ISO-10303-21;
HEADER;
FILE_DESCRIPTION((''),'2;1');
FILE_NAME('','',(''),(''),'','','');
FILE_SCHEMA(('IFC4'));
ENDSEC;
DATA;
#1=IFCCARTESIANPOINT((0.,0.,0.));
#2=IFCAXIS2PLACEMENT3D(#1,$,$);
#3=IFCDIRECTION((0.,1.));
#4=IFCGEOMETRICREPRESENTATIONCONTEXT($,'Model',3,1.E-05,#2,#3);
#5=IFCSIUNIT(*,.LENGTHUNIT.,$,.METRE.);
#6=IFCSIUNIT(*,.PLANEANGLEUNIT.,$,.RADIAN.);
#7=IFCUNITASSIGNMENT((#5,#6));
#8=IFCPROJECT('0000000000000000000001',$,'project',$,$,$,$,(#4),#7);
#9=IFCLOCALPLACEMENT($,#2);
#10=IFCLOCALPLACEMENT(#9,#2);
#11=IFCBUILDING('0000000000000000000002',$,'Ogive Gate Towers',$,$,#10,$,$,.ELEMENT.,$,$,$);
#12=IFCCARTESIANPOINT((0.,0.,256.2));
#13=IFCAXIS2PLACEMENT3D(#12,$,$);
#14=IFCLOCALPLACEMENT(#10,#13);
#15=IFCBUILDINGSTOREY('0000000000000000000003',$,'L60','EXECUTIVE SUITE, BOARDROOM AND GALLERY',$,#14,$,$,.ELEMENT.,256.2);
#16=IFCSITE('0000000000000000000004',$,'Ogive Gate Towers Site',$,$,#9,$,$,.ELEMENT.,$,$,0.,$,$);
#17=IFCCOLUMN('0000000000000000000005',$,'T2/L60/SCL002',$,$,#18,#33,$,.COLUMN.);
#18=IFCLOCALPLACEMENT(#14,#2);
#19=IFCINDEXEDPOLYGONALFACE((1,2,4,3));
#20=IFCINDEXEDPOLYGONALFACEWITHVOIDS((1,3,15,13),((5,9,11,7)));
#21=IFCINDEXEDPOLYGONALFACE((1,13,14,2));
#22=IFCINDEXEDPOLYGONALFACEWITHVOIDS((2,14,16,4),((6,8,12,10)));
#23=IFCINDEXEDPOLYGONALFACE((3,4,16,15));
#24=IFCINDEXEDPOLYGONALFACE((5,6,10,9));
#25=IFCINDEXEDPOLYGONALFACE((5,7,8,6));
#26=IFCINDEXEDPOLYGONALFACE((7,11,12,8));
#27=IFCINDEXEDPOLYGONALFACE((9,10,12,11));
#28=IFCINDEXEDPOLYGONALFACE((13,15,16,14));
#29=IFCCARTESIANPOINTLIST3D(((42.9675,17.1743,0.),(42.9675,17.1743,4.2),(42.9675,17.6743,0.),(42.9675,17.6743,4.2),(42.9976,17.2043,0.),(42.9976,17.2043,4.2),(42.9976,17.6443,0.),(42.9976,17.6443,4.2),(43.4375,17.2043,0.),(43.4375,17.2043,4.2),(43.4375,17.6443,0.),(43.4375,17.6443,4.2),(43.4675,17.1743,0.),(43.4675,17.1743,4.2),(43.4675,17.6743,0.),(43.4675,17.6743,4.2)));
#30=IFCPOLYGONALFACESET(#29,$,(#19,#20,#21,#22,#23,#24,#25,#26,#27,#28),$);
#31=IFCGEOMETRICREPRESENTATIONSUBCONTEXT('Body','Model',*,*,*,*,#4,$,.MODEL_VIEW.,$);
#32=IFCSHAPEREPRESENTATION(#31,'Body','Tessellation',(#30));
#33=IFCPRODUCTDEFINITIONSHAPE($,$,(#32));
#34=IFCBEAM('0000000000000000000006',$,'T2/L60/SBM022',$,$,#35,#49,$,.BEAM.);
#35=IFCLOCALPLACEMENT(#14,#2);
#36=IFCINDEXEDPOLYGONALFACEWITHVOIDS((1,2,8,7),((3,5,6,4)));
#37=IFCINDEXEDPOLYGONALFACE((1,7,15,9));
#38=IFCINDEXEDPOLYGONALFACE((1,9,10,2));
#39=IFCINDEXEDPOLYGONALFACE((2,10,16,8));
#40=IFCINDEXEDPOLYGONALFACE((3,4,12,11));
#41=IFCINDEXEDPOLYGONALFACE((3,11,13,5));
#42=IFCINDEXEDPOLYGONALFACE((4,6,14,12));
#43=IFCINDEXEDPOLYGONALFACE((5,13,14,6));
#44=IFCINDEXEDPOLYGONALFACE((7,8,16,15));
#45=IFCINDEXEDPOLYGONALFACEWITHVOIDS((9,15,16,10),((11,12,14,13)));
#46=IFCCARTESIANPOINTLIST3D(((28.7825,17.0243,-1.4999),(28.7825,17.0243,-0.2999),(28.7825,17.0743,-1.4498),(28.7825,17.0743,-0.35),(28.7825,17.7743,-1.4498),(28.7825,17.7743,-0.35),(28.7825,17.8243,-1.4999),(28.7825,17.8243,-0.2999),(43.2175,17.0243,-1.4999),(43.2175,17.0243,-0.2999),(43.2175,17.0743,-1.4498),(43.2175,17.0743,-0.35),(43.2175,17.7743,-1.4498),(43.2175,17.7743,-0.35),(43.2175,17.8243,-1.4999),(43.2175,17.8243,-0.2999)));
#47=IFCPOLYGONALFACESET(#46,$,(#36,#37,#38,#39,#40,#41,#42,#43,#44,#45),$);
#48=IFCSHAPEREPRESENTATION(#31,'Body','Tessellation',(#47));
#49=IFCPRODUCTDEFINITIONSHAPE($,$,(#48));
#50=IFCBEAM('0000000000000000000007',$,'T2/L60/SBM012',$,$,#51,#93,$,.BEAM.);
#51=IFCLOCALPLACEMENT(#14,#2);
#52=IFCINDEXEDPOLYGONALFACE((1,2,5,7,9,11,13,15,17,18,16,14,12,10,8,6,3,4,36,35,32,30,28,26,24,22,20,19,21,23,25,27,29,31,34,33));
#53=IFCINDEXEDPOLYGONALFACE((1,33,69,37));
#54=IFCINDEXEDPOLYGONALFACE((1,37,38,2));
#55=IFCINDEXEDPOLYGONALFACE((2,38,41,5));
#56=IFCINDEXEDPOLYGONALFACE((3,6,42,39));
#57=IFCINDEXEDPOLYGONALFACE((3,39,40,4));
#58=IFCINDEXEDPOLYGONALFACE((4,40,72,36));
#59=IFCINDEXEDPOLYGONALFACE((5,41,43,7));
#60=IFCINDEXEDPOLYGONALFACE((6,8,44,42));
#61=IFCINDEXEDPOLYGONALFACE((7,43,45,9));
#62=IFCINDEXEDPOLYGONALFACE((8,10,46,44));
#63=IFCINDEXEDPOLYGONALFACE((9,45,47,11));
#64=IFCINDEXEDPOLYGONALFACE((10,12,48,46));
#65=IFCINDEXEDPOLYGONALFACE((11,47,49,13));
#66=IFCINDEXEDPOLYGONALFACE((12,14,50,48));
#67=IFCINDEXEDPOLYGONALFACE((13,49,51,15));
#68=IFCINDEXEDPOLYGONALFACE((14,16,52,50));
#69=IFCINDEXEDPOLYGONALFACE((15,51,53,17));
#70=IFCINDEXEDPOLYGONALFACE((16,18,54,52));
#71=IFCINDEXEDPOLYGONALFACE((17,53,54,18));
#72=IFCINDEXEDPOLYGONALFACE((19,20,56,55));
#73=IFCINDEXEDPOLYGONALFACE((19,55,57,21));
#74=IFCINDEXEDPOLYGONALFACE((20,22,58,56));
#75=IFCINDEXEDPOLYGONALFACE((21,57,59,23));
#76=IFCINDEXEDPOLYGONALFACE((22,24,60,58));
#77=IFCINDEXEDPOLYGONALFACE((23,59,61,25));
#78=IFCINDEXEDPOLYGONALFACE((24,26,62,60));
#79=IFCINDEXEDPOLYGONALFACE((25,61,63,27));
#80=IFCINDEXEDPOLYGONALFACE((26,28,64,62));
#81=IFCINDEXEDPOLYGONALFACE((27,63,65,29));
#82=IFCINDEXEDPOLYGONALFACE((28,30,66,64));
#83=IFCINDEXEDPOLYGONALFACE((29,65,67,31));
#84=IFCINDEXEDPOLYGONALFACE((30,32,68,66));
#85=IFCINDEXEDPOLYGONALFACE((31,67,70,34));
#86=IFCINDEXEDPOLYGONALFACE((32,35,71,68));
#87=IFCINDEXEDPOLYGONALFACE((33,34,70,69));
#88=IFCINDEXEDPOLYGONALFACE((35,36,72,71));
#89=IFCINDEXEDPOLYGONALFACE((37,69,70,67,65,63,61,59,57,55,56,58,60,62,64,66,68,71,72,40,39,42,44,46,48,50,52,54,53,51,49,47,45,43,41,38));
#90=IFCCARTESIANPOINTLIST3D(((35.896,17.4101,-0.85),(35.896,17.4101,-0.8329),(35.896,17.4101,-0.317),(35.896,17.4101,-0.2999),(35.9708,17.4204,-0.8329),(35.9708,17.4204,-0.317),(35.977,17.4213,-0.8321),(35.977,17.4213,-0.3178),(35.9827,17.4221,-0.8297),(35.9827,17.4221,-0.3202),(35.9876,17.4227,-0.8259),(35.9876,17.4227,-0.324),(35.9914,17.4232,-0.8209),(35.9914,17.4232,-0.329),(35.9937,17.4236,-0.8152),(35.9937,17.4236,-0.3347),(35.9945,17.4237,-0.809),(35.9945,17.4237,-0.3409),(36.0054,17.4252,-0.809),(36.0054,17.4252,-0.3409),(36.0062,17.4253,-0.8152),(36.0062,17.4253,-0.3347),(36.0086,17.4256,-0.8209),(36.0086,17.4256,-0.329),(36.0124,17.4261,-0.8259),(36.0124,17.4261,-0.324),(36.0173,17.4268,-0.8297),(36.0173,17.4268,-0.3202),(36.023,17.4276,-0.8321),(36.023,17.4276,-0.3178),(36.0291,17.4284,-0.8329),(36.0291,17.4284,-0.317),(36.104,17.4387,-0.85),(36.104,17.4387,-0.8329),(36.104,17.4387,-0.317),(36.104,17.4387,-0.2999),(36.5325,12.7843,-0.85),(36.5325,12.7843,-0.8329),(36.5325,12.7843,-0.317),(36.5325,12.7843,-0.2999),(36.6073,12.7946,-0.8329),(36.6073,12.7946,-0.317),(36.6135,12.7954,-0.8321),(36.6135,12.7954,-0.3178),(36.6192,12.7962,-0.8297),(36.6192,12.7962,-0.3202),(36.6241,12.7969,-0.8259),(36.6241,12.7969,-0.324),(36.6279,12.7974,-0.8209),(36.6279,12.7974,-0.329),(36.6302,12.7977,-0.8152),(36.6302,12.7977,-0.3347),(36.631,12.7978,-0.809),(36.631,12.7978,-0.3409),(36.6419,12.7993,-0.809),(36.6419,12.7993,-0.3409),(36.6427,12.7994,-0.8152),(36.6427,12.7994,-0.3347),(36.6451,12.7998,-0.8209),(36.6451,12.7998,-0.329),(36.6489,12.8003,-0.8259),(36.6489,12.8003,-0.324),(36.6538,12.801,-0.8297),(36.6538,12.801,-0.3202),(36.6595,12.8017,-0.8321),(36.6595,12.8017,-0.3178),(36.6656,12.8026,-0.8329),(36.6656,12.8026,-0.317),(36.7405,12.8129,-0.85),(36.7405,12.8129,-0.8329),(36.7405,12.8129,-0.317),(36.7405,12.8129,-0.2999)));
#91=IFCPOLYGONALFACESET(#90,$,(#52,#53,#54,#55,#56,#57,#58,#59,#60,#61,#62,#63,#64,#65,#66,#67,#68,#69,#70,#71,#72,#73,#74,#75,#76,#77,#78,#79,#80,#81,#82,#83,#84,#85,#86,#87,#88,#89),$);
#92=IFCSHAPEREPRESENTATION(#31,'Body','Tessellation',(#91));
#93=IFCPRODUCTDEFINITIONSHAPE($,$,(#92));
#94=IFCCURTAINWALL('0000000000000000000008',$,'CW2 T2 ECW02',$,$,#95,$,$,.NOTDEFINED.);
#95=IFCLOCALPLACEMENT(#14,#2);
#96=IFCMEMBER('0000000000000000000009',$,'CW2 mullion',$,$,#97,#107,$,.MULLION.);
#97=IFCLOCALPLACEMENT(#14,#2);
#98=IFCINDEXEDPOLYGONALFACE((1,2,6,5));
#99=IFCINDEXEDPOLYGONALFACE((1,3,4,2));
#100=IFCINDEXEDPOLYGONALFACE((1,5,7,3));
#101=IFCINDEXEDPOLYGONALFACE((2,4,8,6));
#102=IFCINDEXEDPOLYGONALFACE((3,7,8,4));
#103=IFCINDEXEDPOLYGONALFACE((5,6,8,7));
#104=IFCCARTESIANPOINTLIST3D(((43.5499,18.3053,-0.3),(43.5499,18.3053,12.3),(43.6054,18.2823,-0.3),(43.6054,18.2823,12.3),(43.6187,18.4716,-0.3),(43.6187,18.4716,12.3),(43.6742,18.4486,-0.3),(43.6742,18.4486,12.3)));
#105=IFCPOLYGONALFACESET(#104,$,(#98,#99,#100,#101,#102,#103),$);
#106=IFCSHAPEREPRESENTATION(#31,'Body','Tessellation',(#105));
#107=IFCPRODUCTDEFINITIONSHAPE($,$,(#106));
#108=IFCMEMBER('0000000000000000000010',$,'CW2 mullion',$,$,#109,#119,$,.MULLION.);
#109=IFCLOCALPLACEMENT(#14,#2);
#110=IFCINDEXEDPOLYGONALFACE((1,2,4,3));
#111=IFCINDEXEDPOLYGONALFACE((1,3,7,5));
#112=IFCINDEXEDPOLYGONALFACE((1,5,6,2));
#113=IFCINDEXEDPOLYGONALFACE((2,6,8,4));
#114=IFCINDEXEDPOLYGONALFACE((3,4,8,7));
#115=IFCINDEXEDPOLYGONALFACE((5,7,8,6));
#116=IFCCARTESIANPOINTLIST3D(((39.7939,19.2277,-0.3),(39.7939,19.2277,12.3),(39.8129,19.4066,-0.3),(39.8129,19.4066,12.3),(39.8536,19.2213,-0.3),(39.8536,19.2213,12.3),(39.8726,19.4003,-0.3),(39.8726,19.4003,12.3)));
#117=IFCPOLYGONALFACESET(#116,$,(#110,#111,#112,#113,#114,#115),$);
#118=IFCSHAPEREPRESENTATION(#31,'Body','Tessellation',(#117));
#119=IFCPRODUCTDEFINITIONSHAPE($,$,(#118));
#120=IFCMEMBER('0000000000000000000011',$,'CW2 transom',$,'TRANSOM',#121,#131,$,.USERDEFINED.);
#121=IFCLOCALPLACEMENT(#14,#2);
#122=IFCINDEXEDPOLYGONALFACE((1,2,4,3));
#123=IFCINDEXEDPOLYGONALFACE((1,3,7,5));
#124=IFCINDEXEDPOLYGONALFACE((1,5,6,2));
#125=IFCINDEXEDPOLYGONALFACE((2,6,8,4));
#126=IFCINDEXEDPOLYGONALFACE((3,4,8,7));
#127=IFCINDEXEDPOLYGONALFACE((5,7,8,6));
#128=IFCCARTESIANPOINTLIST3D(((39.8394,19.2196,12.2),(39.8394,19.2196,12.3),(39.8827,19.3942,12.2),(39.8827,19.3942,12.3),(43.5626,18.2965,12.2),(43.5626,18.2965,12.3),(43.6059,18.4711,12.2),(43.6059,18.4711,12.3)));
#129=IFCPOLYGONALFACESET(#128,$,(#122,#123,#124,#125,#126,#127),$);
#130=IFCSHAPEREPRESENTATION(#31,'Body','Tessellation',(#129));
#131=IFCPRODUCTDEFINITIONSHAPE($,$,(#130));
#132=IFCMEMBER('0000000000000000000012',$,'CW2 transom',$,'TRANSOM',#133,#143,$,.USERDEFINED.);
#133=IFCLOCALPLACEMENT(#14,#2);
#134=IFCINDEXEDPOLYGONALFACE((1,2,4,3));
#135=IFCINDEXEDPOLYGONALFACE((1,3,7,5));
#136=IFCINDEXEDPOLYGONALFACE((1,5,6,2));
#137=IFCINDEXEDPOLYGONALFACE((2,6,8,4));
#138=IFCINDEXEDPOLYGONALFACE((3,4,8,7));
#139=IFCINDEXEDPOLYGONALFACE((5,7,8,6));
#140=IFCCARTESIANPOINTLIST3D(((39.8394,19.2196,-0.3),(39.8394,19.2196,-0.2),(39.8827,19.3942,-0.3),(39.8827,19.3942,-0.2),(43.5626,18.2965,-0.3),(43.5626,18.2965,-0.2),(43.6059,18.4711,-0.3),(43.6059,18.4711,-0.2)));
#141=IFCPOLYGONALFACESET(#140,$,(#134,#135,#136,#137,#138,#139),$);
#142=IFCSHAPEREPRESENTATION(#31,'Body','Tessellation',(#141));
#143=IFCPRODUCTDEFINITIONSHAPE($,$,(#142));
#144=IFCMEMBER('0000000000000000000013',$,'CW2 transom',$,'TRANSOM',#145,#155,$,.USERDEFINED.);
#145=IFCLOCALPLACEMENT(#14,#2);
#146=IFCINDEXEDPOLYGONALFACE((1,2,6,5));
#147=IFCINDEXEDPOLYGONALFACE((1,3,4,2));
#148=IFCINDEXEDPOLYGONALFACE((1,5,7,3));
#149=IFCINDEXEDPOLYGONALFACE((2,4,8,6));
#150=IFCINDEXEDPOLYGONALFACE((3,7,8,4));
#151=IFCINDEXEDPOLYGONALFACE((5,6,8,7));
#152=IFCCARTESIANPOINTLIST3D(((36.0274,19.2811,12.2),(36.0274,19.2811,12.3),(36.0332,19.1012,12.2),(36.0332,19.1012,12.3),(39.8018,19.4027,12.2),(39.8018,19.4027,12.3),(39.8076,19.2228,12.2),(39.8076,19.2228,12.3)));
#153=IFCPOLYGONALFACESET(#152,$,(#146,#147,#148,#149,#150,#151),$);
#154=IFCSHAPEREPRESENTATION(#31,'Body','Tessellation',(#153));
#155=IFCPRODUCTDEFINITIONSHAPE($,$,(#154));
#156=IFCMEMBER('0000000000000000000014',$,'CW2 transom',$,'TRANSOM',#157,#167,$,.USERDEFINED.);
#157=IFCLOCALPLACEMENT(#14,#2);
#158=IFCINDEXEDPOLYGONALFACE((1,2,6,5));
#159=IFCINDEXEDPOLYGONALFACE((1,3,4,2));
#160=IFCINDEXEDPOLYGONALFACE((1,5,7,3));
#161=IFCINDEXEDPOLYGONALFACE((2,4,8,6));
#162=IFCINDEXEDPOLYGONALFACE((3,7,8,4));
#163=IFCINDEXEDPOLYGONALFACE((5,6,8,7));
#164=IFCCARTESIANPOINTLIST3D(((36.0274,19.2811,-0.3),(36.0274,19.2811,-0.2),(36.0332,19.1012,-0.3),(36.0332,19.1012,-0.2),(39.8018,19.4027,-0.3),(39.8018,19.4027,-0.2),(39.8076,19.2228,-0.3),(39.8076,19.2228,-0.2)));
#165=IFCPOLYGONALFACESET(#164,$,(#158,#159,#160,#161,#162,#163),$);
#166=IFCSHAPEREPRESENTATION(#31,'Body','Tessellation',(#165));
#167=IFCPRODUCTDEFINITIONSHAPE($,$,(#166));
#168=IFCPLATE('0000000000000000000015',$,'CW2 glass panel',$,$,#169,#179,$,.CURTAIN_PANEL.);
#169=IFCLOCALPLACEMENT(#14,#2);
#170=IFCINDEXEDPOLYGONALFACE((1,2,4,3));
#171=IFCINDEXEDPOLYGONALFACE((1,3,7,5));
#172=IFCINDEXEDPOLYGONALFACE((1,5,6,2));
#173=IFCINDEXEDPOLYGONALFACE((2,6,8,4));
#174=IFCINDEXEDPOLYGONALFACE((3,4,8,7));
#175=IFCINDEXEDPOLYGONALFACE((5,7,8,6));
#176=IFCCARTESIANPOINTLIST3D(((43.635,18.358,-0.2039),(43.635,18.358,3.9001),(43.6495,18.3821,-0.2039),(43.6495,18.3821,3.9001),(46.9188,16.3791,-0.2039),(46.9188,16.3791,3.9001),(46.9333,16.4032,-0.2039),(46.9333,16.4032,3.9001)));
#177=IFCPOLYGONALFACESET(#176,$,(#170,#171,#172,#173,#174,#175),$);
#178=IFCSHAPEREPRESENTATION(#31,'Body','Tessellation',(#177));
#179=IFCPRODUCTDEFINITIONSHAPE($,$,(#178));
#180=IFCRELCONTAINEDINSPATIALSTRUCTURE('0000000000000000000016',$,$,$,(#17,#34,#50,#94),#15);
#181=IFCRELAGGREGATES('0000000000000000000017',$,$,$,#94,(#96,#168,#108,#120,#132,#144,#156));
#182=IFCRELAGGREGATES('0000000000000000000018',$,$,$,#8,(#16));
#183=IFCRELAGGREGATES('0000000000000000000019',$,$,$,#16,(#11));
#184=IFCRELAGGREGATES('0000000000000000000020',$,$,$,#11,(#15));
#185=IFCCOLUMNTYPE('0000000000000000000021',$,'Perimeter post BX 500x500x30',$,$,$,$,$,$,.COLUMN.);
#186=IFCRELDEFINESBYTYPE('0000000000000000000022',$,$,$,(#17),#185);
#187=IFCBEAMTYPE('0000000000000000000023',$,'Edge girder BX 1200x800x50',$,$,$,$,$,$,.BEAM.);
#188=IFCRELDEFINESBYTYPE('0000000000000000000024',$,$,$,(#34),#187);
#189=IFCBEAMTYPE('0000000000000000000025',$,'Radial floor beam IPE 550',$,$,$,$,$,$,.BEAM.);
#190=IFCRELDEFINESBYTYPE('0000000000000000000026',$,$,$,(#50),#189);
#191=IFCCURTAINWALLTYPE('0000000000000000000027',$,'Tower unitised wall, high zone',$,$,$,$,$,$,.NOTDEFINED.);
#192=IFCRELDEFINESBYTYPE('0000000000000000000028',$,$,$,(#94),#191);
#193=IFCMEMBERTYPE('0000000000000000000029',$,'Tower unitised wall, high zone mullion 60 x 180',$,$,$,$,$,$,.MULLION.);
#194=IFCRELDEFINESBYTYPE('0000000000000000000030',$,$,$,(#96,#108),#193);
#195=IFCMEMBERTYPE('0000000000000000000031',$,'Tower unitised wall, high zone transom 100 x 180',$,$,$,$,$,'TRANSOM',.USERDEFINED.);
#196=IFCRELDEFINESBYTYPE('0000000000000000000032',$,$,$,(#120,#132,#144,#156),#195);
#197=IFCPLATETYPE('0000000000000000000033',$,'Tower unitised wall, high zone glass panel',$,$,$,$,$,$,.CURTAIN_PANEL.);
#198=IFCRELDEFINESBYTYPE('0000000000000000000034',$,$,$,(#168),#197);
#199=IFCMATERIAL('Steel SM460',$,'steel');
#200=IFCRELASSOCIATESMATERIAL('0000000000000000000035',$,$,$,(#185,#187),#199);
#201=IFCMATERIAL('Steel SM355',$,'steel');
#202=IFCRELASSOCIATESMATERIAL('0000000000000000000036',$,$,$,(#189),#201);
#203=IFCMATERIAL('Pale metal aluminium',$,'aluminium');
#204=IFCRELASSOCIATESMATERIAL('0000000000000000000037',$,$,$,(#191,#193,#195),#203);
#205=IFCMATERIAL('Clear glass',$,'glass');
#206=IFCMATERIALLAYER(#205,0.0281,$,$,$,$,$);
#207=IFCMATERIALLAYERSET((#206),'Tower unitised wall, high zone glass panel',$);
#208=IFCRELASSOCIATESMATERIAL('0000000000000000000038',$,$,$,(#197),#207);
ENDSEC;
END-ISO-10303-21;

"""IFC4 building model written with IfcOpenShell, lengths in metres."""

from ifc_helpers import new_model, si_unit, direction, frame, origin, origin_2d, place, context, subcontext, project, spatial, rectangle, hollow_rectangle, i_section, extrude, material, layer, layer_set, material_profile, profile_set, type_object, element, aggregate, save


model = new_model("IFC4")

# Units and contexts
model_context = context("Model", 3, precision=1e-05, world=origin(), true_north=direction((0.0, 1.0)))
body_context = subcontext(model_context, "Body", "Model", "MODEL_VIEW")
ifc_project = project(units=[si_unit("LENGTHUNIT", "METRE"), si_unit("PLANEANGLEUNIT", "RADIAN")], contexts=[model_context])

# Site, building, storey
site_placement = place(None, origin())
site = spatial("IfcSite", under=ifc_project, at=site_placement, Name="Ogive Gate Towers Site", CompositionType="ELEMENT", RefElevation=0.0)
building_placement = place(site_placement, origin())
building = spatial("IfcBuilding", under=site, at=building_placement, Name="Ogive Gate Towers", CompositionType="ELEMENT")
storey_placement = place(building_placement, frame((0.0, 0.0, 256.2)))
storey = spatial("IfcBuildingStorey", under=building, at=storey_placement, Name="L60", Description="EXECUTIVE SUITE, BOARDROOM AND GALLERY", CompositionType="ELEMENT", Elevation=256.2)

# Column
ifc_material_1 = material(Name="Steel SM460", Category="steel")
ifc_material_profile_1 = material_profile(ifc_material_1, hollow_rectangle(XDim=0.5, YDim=0.5, WallThickness=0.03, at=origin_2d()), Name="BX 500x500x30")
ifc_profile_set_1 = profile_set([ifc_material_profile_1], Name="Steel SM460")
column_type = type_object("IfcColumnType", Name="Perimeter post BX 500x500x30", PredefinedType="COLUMN", material=ifc_profile_set_1)
column_placement = place(storey_placement, frame((43.2175, 17.4243, 0.0), z_axis=(0.0, 0.0, 1.0), x_axis=(1.0, 0.0, 0.0)))
element("IfcColumn", 1, at=column_placement, inside=storey, type_object=column_type, Name="T2/L60/SCL002", PredefinedType="COLUMN", context=body_context, shape_type="SweptSolid", body=[
    extrude(hollow_rectangle(XDim=0.5, YDim=0.5, WallThickness=0.03, at=origin_2d()), origin(), (0.0, 0.0, 1.0), 4.2),
])

# Beams
ifc_material_profile_2 = material_profile(ifc_material_1, hollow_rectangle(XDim=0.8, YDim=1.2, WallThickness=0.05, at=origin_2d()), Name="BX 1200x800x50")
ifc_profile_set_2 = profile_set([ifc_material_profile_2], Name="Steel SM460")
beam_type_1 = type_object("IfcBeamType", Name="Edge girder BX 1200x800x50", PredefinedType="BEAM", material=ifc_profile_set_2)
beam_1_placement = place(storey_placement, frame((43.2175, 17.4243, -0.8999), z_axis=(-1.0, 0.0, 0.0), x_axis=(0.0, -1.0, 0.0)))
element("IfcBeam", 2, at=beam_1_placement, inside=storey, type_object=beam_type_1, Name="T2/L60/SBM022", PredefinedType="BEAM", context=body_context, shape_type="SweptSolid", body=[
    extrude(hollow_rectangle(XDim=0.8, YDim=1.2, WallThickness=0.05, at=origin_2d()), origin(), (0.0, 0.0, 1.0), 14.4351),
])
ifc_material_2 = material(Name="Steel SM355", Category="steel")
ifc_material_profile_3 = material_profile(ifc_material_2, i_section(OverallWidth=0.21, OverallDepth=0.55, WebThickness=0.011, FlangeThickness=0.0171, FilletRadius=0.0239, at=origin_2d()), Name="IPE 550")
ifc_profile_set_3 = profile_set([ifc_material_profile_3], Name="Steel SM355")
beam_type_2 = type_object("IfcBeamType", Name="Radial floor beam IPE 550", PredefinedType="BEAM", material=ifc_profile_set_3)
beam_2_placement = place(storey_placement, frame((36.6365, 12.7986, -0.575), z_axis=(-0.13631, 0.990666, 0.0), x_axis=(-0.990666, -0.13631, 0.0)))
element("IfcBeam", 3, at=beam_2_placement, inside=storey, type_object=beam_type_2, Name="T2/L60/SBM012", PredefinedType="BEAM", context=body_context, shape_type="SweptSolid", body=[
    extrude(i_section(OverallWidth=0.21, OverallDepth=0.55, WebThickness=0.011, FlangeThickness=0.0171, FilletRadius=0.0239, at=origin_2d()), origin(), (0.0, 0.0, 1.0), 4.6694),
])

# Curtain wall, members, plate
ifc_material_3 = material(Name="Pale metal aluminium", Category="aluminium")
curtain_wall_type = type_object("IfcCurtainWallType", Name="Tower unitised wall, high zone", PredefinedType="NOTDEFINED", material=ifc_material_3)
curtain_wall_placement = place(storey_placement, origin())
curtain_wall = element("IfcCurtainWall", 4, at=curtain_wall_placement, inside=storey, type_object=curtain_wall_type, Name="CW2 T2 ECW02", PredefinedType="NOTDEFINED")
ifc_material_profile_4 = material_profile(ifc_material_3, rectangle(XDim=0.1799, YDim=0.0601, at=origin_2d()), Name="60 x 180 aluminium box")
ifc_profile_set_4 = profile_set([ifc_material_profile_4], Name="Pale metal aluminium")
member_type_1 = type_object("IfcMemberType", Name="Tower unitised wall, high zone mullion 60 x 180", PredefinedType="MULLION", material=ifc_profile_set_4)
member_1_placement = place(storey_placement, frame((43.6121, 18.377, -0.3), z_axis=(0.0, 0.0, 1.0), x_axis=(0.382683, 0.92388, 0.0)))
member_1 = element("IfcMember", 5, at=member_1_placement, type_object=member_type_1, Name="CW2 mullion", PredefinedType="MULLION", context=body_context, shape_type="SweptSolid", body=[
    extrude(rectangle(XDim=0.1799, YDim=0.0601, at=origin_2d()), origin(), (0.0, 0.0, 1.0), 12.6001),
])
member_2_placement = place(storey_placement, frame((39.8333, 19.314, -0.3), z_axis=(0.0, 0.0, 1.0), x_axis=(0.105205, 0.994451, 0.0)))
member_2 = element("IfcMember", 6, at=member_2_placement, type_object=member_type_1, Name="CW2 mullion", PredefinedType="MULLION", context=body_context, shape_type="SweptSolid", body=[
    extrude(rectangle(XDim=0.1799, YDim=0.0601, at=origin_2d()), origin(), (0.0, 0.0, 1.0), 12.6001),
])
ifc_material_profile_5 = material_profile(ifc_material_3, rectangle(XDim=0.1799, YDim=0.1001, at=origin_2d()), Name="100 x 180 aluminium box")
ifc_profile_set_5 = profile_set([ifc_material_profile_5], Name="Pale metal aluminium")
member_type_2 = type_object("IfcMemberType", Name="Tower unitised wall, high zone transom 100 x 180", ElementType="TRANSOM", PredefinedType="USERDEFINED", material=ifc_profile_set_5)
member_3_placement = place(storey_placement, frame((43.5842, 18.3838, 12.25), z_axis=(-0.970612, 0.240648, 0.0), x_axis=(-0.240648, -0.970612, 0.0)))
member_3 = element("IfcMember", 7, at=member_3_placement, type_object=member_type_2, Name="CW2 transom", ObjectType="TRANSOM", PredefinedType="USERDEFINED", context=body_context, shape_type="SweptSolid", body=[
    extrude(rectangle(XDim=0.1799, YDim=0.1001, at=origin_2d()), origin(), (0.0, 0.0, 1.0), 3.8359),
])
member_4_placement = place(storey_placement, frame((43.5842, 18.3838, -0.25), z_axis=(-0.970612, 0.240648, 0.0), x_axis=(-0.240648, -0.970612, 0.0)))
member_4 = element("IfcMember", 8, at=member_4_placement, type_object=member_type_2, Name="CW2 transom", ObjectType="TRANSOM", PredefinedType="USERDEFINED", context=body_context, shape_type="SweptSolid", body=[
    extrude(rectangle(XDim=0.1799, YDim=0.1001, at=origin_2d()), origin(), (0.0, 0.0, 1.0), 3.8359),
])
member_5_placement = place(storey_placement, frame((39.8047, 19.3127, 12.25), z_axis=(-0.999482, -0.032195, 0.0), x_axis=(0.032195, -0.999482, 0.0)))
member_5 = element("IfcMember", 9, at=member_5_placement, type_object=member_type_2, Name="CW2 transom", ObjectType="TRANSOM", PredefinedType="USERDEFINED", context=body_context, shape_type="SweptSolid", body=[
    extrude(rectangle(XDim=0.1799, YDim=0.1001, at=origin_2d()), origin(), (0.0, 0.0, 1.0), 3.7764),
])
member_6_placement = place(storey_placement, frame((39.8047, 19.3127, -0.25), z_axis=(-0.999482, -0.032195, 0.0), x_axis=(0.032195, -0.999482, 0.0)))
member_6 = element("IfcMember", 10, at=member_6_placement, type_object=member_type_2, Name="CW2 transom", ObjectType="TRANSOM", PredefinedType="USERDEFINED", context=body_context, shape_type="SweptSolid", body=[
    extrude(rectangle(XDim=0.1799, YDim=0.1001, at=origin_2d()), origin(), (0.0, 0.0, 1.0), 3.7764),
])
ifc_material_4 = material(Name="Clear glass", Category="glass")
ifc_layer_1 = layer(ifc_material_4, 0.0281)
ifc_layer_set_1 = layer_set([ifc_layer_1], Name="Tower unitised wall, high zone glass panel")
plate_type = type_object("IfcPlateType", Name="Tower unitised wall, high zone glass panel", PredefinedType="CURTAIN_PANEL", material=ifc_layer_set_1)
plate_1_placement = place(storey_placement, frame((45.2842, 17.3806, -0.2039), z_axis=(0.0, 0.0, 1.0), x_axis=(-0.856501, 0.516145, 0.0)))
plate_1 = element("IfcPlate", 11, at=plate_1_placement, type_object=plate_type, Name="CW2 glass panel", PredefinedType="CURTAIN_PANEL", context=body_context, shape_type="SweptSolid", body=[
    extrude(rectangle(XDim=3.834, YDim=0.0281, at=origin_2d()), origin(), (0.0, 0.0, 1.0), 4.104),
])
aggregate(curtain_wall, [member_1, plate_1, member_2, member_3, member_4, member_5, member_6])

save(model, "model.ifc")
